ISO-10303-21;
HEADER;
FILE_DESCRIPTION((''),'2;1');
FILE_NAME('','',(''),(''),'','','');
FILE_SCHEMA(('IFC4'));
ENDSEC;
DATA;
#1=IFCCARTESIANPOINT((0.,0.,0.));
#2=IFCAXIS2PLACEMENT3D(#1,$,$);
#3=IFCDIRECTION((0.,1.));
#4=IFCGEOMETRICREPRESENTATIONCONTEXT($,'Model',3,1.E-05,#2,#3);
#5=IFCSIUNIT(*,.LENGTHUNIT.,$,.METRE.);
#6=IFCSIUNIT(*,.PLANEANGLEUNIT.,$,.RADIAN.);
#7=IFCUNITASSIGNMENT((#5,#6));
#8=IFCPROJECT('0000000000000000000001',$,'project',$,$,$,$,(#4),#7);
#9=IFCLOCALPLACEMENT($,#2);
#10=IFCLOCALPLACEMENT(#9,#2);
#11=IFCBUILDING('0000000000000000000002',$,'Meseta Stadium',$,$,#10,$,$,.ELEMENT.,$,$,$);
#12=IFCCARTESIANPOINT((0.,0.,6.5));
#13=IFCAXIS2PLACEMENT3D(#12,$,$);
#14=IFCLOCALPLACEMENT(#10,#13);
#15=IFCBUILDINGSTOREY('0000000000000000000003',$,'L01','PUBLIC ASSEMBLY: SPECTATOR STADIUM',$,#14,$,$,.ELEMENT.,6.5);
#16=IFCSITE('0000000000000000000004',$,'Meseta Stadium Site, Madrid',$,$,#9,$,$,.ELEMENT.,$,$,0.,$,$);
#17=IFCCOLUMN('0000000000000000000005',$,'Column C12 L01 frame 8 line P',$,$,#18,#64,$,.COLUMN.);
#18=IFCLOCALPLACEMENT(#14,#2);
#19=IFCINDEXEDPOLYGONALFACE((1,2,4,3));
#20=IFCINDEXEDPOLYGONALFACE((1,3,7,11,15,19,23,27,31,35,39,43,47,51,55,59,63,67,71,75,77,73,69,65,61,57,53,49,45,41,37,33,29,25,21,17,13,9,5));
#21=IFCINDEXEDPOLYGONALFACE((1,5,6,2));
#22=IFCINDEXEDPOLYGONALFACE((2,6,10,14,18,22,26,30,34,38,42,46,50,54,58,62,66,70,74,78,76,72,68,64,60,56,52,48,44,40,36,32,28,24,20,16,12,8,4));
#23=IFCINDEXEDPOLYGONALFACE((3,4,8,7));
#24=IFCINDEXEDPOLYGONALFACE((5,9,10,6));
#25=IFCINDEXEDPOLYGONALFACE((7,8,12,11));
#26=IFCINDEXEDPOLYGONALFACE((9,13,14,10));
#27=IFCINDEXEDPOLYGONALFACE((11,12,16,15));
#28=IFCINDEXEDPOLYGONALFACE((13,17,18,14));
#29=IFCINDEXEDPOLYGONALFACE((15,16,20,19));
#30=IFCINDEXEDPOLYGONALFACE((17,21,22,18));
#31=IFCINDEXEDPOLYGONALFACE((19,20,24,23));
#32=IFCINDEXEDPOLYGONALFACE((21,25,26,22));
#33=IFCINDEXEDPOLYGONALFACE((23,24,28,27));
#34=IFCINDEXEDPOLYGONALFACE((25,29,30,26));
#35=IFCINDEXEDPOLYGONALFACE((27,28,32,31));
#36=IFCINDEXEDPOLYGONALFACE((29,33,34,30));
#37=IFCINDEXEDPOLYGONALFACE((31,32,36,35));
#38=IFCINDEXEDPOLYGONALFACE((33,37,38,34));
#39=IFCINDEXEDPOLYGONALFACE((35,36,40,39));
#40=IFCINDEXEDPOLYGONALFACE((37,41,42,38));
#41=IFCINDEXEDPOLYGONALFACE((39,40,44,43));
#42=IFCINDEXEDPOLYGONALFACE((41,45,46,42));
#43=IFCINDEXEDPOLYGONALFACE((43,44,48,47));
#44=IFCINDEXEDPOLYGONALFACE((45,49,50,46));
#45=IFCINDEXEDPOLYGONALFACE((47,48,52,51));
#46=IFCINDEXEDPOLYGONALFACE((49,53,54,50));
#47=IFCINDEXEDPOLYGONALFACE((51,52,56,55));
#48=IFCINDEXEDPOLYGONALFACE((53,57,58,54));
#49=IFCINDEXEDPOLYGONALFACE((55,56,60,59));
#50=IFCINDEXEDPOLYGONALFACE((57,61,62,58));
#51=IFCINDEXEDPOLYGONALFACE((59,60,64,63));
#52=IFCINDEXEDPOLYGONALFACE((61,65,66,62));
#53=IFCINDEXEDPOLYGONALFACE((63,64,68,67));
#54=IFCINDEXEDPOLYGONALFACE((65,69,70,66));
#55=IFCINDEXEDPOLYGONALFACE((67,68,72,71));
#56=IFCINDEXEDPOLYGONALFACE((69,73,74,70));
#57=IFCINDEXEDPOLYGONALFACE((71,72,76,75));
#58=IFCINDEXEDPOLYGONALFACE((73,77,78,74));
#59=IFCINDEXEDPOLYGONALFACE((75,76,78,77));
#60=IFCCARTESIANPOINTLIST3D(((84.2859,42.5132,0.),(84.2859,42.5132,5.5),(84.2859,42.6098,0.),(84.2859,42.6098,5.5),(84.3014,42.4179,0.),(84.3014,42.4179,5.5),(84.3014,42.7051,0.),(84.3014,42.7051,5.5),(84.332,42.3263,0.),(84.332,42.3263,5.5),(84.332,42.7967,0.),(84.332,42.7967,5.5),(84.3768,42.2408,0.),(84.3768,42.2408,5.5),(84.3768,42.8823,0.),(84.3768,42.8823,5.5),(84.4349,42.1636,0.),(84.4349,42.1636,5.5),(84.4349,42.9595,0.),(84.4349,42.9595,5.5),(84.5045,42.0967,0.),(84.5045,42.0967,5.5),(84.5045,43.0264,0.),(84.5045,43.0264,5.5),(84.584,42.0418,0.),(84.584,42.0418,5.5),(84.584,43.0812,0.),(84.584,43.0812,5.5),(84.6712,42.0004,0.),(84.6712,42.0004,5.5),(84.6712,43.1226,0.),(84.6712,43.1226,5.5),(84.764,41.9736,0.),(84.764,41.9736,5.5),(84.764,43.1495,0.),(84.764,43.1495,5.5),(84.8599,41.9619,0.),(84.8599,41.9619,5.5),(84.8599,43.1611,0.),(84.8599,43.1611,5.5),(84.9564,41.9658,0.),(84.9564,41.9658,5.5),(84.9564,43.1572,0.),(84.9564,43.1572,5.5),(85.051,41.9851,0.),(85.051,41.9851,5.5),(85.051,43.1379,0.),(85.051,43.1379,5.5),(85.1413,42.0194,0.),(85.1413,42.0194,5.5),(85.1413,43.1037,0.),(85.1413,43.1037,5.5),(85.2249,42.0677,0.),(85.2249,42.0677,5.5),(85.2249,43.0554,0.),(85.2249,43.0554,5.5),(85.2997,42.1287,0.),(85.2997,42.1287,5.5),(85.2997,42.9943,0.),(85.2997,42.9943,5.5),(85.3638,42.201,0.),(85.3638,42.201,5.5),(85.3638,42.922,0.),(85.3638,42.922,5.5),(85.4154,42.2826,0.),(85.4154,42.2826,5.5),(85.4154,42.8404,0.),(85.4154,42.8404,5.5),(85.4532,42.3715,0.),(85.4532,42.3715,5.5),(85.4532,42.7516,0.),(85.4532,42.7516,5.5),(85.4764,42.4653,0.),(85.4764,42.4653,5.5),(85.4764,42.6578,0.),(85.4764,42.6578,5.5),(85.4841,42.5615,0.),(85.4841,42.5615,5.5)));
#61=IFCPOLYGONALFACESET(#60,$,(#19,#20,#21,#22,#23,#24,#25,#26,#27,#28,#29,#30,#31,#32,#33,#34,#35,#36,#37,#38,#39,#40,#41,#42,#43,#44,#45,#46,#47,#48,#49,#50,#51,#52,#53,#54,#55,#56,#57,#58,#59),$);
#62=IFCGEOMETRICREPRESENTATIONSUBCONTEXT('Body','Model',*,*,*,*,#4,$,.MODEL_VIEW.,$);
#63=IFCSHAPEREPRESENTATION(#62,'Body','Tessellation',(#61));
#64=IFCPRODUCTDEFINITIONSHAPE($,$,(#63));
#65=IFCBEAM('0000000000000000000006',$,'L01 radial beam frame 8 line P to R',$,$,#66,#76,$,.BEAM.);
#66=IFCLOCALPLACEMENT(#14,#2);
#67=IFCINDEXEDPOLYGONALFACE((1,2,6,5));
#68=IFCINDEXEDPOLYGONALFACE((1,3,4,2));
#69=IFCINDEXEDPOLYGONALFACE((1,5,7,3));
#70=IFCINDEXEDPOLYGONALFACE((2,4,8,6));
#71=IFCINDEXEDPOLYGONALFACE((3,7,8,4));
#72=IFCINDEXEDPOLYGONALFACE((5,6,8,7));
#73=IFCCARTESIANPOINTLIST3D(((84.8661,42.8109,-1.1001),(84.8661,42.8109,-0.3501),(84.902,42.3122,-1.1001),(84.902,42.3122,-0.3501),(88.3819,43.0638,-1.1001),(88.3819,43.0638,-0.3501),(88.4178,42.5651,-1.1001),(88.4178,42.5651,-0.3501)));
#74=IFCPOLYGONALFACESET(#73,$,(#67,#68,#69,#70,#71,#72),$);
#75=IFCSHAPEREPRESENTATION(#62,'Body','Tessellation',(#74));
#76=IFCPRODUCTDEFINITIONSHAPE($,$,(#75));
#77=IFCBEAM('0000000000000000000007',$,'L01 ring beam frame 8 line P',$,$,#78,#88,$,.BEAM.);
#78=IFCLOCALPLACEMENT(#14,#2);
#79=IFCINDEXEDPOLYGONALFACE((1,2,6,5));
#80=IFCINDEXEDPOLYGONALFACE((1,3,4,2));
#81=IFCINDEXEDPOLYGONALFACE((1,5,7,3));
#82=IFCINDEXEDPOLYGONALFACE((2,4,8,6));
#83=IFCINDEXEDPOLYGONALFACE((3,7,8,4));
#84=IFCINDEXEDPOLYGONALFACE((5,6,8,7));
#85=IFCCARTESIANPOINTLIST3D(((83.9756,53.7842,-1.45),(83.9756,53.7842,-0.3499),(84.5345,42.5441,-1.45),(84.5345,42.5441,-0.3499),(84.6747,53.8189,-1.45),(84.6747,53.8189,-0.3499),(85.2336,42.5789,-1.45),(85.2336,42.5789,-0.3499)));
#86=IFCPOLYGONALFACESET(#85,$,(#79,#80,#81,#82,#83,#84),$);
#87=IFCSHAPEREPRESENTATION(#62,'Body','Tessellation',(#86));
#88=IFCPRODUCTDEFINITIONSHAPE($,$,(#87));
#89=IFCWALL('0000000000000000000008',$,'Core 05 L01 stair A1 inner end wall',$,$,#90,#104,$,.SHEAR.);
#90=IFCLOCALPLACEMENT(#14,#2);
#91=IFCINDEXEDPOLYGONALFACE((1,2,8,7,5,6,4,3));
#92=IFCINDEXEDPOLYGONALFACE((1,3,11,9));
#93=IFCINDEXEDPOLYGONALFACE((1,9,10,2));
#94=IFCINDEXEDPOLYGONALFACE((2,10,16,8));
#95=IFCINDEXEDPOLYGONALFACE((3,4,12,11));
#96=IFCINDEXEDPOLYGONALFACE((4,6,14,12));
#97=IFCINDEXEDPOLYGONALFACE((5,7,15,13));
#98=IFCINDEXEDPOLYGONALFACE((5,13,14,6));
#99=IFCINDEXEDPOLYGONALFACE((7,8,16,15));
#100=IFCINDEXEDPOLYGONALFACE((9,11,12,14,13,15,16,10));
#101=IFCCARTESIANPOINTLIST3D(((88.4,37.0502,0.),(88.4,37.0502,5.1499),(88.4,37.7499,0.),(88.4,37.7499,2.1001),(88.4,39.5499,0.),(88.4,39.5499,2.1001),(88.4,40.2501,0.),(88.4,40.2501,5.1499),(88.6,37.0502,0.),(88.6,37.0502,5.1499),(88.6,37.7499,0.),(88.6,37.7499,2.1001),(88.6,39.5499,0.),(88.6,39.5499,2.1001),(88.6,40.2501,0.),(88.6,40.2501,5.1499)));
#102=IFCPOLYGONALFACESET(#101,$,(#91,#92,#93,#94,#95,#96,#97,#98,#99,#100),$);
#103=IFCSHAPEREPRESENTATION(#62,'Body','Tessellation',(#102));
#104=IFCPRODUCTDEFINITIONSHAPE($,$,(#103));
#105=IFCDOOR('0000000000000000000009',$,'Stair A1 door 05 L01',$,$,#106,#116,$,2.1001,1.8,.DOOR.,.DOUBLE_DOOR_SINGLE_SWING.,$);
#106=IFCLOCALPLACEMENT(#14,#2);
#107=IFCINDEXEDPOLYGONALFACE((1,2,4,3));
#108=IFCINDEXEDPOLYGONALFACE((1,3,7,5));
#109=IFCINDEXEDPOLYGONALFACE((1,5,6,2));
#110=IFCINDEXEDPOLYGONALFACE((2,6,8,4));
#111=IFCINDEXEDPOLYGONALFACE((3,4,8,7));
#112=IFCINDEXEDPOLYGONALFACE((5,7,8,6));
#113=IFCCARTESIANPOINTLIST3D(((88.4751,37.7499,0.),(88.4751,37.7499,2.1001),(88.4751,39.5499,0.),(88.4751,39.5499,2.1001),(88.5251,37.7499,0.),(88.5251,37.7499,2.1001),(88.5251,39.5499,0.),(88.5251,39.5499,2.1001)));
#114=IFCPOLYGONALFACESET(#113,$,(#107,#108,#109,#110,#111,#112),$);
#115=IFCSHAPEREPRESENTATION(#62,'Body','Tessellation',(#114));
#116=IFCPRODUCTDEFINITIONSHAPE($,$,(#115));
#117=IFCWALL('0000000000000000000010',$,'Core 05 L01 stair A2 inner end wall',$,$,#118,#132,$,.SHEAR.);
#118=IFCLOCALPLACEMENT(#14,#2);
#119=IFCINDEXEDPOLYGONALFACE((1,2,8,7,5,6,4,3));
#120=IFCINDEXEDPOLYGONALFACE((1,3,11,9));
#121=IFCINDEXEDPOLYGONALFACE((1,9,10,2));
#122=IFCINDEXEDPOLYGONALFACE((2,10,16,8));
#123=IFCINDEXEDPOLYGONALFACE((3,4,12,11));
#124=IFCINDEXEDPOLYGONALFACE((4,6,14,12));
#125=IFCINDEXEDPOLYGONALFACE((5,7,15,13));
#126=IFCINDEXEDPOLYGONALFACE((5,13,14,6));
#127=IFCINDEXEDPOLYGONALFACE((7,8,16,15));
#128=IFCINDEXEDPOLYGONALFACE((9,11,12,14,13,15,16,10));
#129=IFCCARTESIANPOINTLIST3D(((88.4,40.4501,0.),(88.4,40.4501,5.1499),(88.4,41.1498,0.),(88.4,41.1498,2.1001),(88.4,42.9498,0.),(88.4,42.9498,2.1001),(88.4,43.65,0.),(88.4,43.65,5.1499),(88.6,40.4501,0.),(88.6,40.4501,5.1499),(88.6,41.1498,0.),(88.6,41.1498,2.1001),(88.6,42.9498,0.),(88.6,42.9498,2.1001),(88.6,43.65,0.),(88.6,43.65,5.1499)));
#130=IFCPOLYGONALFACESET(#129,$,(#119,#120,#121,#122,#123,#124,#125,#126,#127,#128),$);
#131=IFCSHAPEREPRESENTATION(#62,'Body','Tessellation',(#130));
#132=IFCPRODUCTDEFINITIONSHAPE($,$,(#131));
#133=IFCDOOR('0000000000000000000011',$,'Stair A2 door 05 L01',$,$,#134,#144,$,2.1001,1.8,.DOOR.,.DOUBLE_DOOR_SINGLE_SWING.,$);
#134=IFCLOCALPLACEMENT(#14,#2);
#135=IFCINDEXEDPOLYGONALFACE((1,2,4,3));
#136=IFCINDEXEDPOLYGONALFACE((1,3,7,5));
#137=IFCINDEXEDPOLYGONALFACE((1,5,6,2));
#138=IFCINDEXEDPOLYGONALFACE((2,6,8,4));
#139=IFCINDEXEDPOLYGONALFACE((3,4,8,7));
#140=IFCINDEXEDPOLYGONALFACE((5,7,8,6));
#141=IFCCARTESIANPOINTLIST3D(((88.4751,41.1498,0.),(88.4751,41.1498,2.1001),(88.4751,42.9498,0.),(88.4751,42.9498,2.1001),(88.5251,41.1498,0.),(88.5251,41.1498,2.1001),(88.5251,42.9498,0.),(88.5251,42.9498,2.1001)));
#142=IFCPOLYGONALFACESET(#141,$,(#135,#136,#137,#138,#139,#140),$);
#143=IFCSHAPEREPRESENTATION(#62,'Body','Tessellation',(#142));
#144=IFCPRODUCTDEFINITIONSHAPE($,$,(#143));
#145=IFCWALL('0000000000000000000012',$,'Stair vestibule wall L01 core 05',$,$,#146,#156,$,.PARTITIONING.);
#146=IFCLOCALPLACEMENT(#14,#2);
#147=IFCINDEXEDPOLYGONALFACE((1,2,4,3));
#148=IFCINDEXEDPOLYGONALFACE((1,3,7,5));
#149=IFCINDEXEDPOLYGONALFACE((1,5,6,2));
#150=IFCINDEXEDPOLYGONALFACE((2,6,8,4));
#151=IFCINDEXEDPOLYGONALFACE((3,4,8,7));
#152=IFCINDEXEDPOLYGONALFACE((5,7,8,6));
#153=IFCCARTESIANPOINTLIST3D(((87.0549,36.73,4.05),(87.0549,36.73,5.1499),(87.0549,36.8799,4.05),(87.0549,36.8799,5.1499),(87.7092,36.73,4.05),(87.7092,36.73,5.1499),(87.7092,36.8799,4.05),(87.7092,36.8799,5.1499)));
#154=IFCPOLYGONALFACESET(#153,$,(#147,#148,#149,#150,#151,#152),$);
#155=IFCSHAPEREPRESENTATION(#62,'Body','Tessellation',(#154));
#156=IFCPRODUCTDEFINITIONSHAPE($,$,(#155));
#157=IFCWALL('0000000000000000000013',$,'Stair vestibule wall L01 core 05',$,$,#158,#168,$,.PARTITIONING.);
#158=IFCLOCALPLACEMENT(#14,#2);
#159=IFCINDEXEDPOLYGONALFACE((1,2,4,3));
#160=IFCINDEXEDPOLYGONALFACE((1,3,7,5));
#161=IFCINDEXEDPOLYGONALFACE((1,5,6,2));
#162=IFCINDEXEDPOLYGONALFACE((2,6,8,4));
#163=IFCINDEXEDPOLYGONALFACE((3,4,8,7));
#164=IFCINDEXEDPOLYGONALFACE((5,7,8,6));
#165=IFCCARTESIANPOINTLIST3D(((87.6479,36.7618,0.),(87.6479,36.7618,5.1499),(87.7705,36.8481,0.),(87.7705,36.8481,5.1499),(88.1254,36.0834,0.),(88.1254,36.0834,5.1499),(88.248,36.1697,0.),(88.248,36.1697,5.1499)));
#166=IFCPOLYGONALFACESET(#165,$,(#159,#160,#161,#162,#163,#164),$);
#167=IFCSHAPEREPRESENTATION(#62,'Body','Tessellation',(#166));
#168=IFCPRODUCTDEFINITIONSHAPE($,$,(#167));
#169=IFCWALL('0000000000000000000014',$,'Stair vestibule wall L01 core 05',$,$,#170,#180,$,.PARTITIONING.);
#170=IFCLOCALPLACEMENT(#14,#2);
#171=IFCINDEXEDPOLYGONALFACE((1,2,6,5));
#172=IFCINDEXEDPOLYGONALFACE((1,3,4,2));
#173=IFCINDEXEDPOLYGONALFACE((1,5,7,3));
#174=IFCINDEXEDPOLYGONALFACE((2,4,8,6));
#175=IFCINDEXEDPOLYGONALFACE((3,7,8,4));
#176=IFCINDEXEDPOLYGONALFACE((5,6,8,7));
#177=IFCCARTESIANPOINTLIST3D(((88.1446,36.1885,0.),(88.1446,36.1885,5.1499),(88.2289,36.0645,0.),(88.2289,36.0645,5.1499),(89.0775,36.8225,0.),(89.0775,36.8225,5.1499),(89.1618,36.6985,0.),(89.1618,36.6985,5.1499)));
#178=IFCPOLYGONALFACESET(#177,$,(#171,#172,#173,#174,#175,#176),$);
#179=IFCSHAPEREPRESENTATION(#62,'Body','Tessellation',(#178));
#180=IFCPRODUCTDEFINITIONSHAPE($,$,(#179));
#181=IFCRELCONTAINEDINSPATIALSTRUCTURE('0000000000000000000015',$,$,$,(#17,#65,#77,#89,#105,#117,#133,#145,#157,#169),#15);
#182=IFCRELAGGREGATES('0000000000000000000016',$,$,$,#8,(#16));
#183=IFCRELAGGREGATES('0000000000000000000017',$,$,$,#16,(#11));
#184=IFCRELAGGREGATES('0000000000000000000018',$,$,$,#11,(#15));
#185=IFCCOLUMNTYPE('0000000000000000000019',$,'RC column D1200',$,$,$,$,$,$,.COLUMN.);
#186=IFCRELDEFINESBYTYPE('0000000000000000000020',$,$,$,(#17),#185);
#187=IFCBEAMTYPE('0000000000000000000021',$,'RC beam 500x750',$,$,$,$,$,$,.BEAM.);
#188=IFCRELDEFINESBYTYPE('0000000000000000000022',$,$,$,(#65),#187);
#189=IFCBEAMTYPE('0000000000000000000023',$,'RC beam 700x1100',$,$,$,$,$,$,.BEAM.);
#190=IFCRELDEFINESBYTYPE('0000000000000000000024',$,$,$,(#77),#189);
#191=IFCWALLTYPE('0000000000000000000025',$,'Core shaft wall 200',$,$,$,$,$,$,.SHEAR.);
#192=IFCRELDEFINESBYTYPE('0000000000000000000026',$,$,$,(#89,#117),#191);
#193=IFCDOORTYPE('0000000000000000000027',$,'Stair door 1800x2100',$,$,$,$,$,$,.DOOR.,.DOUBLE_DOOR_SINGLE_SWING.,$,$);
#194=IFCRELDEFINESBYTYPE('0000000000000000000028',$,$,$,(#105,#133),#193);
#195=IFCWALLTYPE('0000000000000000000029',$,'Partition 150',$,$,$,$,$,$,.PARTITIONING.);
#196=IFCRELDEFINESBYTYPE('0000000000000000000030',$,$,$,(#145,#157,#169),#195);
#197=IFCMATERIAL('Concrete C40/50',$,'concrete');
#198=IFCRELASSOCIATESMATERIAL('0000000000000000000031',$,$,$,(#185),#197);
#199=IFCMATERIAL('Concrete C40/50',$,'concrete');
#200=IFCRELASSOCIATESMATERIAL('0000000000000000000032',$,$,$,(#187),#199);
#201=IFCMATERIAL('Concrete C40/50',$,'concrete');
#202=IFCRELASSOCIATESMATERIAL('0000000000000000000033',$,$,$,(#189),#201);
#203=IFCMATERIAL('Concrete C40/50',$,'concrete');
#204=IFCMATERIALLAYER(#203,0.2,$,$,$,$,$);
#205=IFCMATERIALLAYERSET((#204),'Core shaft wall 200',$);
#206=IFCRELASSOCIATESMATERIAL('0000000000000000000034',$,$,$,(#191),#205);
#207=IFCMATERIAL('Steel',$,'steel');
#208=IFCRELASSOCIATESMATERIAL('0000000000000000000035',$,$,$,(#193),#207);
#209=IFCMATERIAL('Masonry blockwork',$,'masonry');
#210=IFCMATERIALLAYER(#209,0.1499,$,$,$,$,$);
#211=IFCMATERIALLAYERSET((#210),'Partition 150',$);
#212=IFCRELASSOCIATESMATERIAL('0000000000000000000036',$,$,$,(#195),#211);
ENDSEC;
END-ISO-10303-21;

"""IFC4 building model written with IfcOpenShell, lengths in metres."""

from ifc_helpers import new_model, si_unit, direction, frame, frame_2d, origin, origin_2d, place, context, subcontext, project, spatial, rectangle, circle, extrude, material, layer, layer_set, material_profile, profile_set, type_object, element, fill, save


model = new_model("IFC4")

# Units and contexts
model_context = context("Model", 3, precision=1e-05, world=origin(), true_north=direction((0.0, 1.0)))
body_context = subcontext(model_context, "Body", "Model", "MODEL_VIEW")
ifc_project = project(units=[si_unit("LENGTHUNIT", "METRE"), si_unit("PLANEANGLEUNIT", "RADIAN")], contexts=[model_context])

# Site, building, storey
site_placement = place(None, origin())
site = spatial("IfcSite", under=ifc_project, at=site_placement, Name="Meseta Stadium Site, Madrid", CompositionType="ELEMENT", RefElevation=0.0)
building_placement = place(site_placement, origin())
building = spatial("IfcBuilding", under=site, at=building_placement, Name="Meseta Stadium", CompositionType="ELEMENT")
storey_placement = place(building_placement, frame((0.0, 0.0, 6.5)))
storey = spatial("IfcBuildingStorey", under=building, at=storey_placement, Name="L01", Description="PUBLIC ASSEMBLY: SPECTATOR STADIUM", CompositionType="ELEMENT", Elevation=6.5)

# Column
ifc_material_1 = material(Name="Concrete C40/50", Category="concrete")
ifc_material_profile_1 = material_profile(ifc_material_1, circle(Radius=0.6001, at=origin_2d()), Name="RC D1200")
ifc_profile_set_1 = profile_set([ifc_material_profile_1], Name="Concrete C40/50")
column_type = type_object("IfcColumnType", Name="RC column D1200", PredefinedType="COLUMN", material=ifc_profile_set_1)
column_placement = place(storey_placement, frame((84.884, 42.5615, 0.0), z_axis=(0.0, 0.0, 1.0), x_axis=(1.0, 0.0, 0.0)))
element("IfcColumn", 1, at=column_placement, inside=storey, type_object=column_type, Name="Column C12 L01 frame 8 line P", PredefinedType="COLUMN", context=body_context, shape_type="SweptSolid", body=[
    extrude(circle(Radius=0.6001, at=origin_2d()), origin(), (0.0, 0.0, 1.0), 5.5),
])

# Beams
ifc_material_2 = material(Name="Concrete C40/50", Category="concrete")
ifc_material_profile_2 = material_profile(ifc_material_2, rectangle(XDim=0.5, YDim=0.75, at=origin_2d()), Name="RC 500x750")
ifc_profile_set_2 = profile_set([ifc_material_profile_2], Name="Concrete C40/50")
beam_type_1 = type_object("IfcBeamType", Name="RC beam 500x750", PredefinedType="BEAM", material=ifc_profile_set_2)
beam_1_placement = place(storey_placement, frame((84.884, 42.5615, -0.7251), z_axis=(0.997422, 0.071754, 0.0), x_axis=(-0.071754, 0.997422, 0.0)))
element("IfcBeam", 2, at=beam_1_placement, inside=storey, type_object=beam_type_1, Name="L01 radial beam frame 8 line P to R", PredefinedType="BEAM", context=body_context, shape_type="SweptSolid", body=[
    extrude(rectangle(XDim=0.5, YDim=0.75, at=origin_2d()), origin(), (0.0, 0.0, 1.0), 3.5249),
])
ifc_material_3 = material(Name="Concrete C40/50", Category="concrete")
ifc_material_profile_3 = material_profile(ifc_material_3, rectangle(XDim=0.7, YDim=1.1001, at=origin_2d()), Name="RC 700x1100")
ifc_profile_set_3 = profile_set([ifc_material_profile_3], Name="Concrete C40/50")
beam_type_2 = type_object("IfcBeamType", Name="RC beam 700x1100", PredefinedType="BEAM", material=ifc_profile_set_3)
beam_2_placement = place(storey_placement, frame((84.884, 42.5615, -0.8999), z_axis=(-0.049657, 0.998766, 0.0), x_axis=(-0.998766, -0.049657, 0.0)))
element("IfcBeam", 3, at=beam_2_placement, inside=storey, type_object=beam_type_2, Name="L01 ring beam frame 8 line P", PredefinedType="BEAM", context=body_context, shape_type="SweptSolid", body=[
    extrude(rectangle(XDim=0.7, YDim=1.1001, at=origin_2d()), origin(), (0.0, 0.0, 1.0), 11.2539),
])

# Walls, openings, doors
ifc_material_4 = material(Name="Concrete C40/50", Category="concrete")
ifc_layer_1 = layer(ifc_material_4, 0.2)
ifc_layer_set_1 = layer_set([ifc_layer_1], Name="Core shaft wall 200")
wall_type_1 = type_object("IfcWallType", Name="Core shaft wall 200", PredefinedType="SHEAR", material=ifc_layer_set_1)
wall_1_placement = place(storey_placement, frame((88.5, 37.05, 0.0), z_axis=(0.0, 0.0, 1.0), x_axis=(0.0, 1.0, 0.0)))
wall_1 = element("IfcWall", 4, at=wall_1_placement, inside=storey, type_object=wall_type_1, Name="Core 05 L01 stair A1 inner end wall", PredefinedType="SHEAR", context=body_context, shape_type="SweptSolid", body=[
    extrude(rectangle(XDim=3.2, YDim=0.2, at=frame_2d((1.6001, 0.0))), origin(), (0.0, 0.0, 1.0), 5.1499),
])
opening_1_placement = place(wall_1_placement, frame((0.7, 0.0, 0.0)))
opening_1 = element("IfcOpeningElement", 5, at=opening_1_placement, cuts=wall_1, PredefinedType="OPENING", context=body_context, shape_type="SweptSolid", body=[
    extrude(rectangle(XDim=1.8, YDim=2.1001, at=frame_2d((0.8999, 1.05))), frame((0.0, 0.1099, 0.0), z_axis=(0.0, -1.0, 0.0), x_axis=(1.0, 0.0, 0.0)), (0.0, 0.0, 1.0), 0.22),
])
ifc_material_5 = material(Name="Steel", Category="steel")
door_type = type_object("IfcDoorType", Name="Stair door 1800x2100", OperationType="DOUBLE_DOOR_SINGLE_SWING", PredefinedType="DOOR", material=ifc_material_5)
door_1_placement = place(opening_1_placement, origin())
door_1 = element("IfcDoor", 6, at=door_1_placement, inside=storey, type_object=door_type, Name="Stair A1 door 05 L01", OperationType="DOUBLE_DOOR_SINGLE_SWING", OverallHeight=2.1001, OverallWidth=1.8, PredefinedType="DOOR", context=body_context, shape_type="SweptSolid", body=[
    extrude(rectangle(XDim=1.8, YDim=2.1001, at=frame_2d((0.8999, 1.05))), frame((0.0, 0.0249, 0.0), z_axis=(0.0, -1.0, 0.0), x_axis=(1.0, 0.0, 0.0)), (0.0, 0.0, 1.0), 0.05),
])
fill(opening_1, door_1)
wall_2_placement = place(storey_placement, frame((88.5, 40.45, 0.0), z_axis=(0.0, 0.0, 1.0), x_axis=(0.0, 1.0, 0.0)))
wall_2 = element("IfcWall", 7, at=wall_2_placement, inside=storey, type_object=wall_type_1, Name="Core 05 L01 stair A2 inner end wall", PredefinedType="SHEAR", context=body_context, shape_type="SweptSolid", body=[
    extrude(rectangle(XDim=3.2, YDim=0.2, at=frame_2d((1.6001, 0.0))), origin(), (0.0, 0.0, 1.0), 5.1499),
])
opening_2_placement = place(wall_2_placement, frame((0.7, 0.0, 0.0)))
opening_2 = element("IfcOpeningElement", 8, at=opening_2_placement, cuts=wall_2, PredefinedType="OPENING", context=body_context, shape_type="SweptSolid", body=[
    extrude(rectangle(XDim=1.8, YDim=2.1001, at=frame_2d((0.8999, 1.05))), frame((0.0, 0.1099, 0.0), z_axis=(0.0, -1.0, 0.0), x_axis=(1.0, 0.0, 0.0)), (0.0, 0.0, 1.0), 0.22),
])
door_2_placement = place(opening_2_placement, origin())
door_2 = element("IfcDoor", 9, at=door_2_placement, inside=storey, type_object=door_type, Name="Stair A2 door 05 L01", OperationType="DOUBLE_DOOR_SINGLE_SWING", OverallHeight=2.1001, OverallWidth=1.8, PredefinedType="DOOR", context=body_context, shape_type="SweptSolid", body=[
    extrude(rectangle(XDim=1.8, YDim=2.1001, at=frame_2d((0.8999, 1.05))), frame((0.0, 0.0249, 0.0), z_axis=(0.0, -1.0, 0.0), x_axis=(1.0, 0.0, 0.0)), (0.0, 0.0, 1.0), 0.05),
])
fill(opening_2, door_2)

# Walls
ifc_material_6 = material(Name="Masonry blockwork", Category="masonry")
ifc_layer_2 = layer(ifc_material_6, 0.1499)
ifc_layer_set_2 = layer_set([ifc_layer_2], Name="Partition 150")
wall_type_2 = type_object("IfcWallType", Name="Partition 150", PredefinedType="PARTITIONING", material=ifc_layer_set_2)
wall_3_placement = place(storey_placement, frame((87.0549, 36.8049, 4.05), z_axis=(0.0, 0.0, 1.0), x_axis=(1.0, 0.0, 0.0)))
element("IfcWall", 10, at=wall_3_placement, inside=storey, type_object=wall_type_2, Name="Stair vestibule wall L01 core 05", PredefinedType="PARTITIONING", context=body_context, shape_type="SweptSolid", body=[
    extrude(rectangle(XDim=0.6543, YDim=0.1499, at=frame_2d((0.3271, 0.0))), origin(), (0.0, 0.0, 1.0), 1.0999),
])
wall_4_placement = place(storey_placement, frame((87.7092, 36.8049, 0.0), z_axis=(0.0, 0.0, 1.0), x_axis=(0.575574, -0.81775, 0.0)))
element("IfcWall", 11, at=wall_4_placement, inside=storey, type_object=wall_type_2, Name="Stair vestibule wall L01 core 05", PredefinedType="PARTITIONING", context=body_context, shape_type="SweptSolid", body=[
    extrude(rectangle(XDim=0.8296, YDim=0.1499, at=frame_2d((0.4148, 0.0))), origin(), (0.0, 0.0, 1.0), 5.1499),
])
wall_5_placement = place(storey_placement, frame((88.1868, 36.1265, 0.0), z_axis=(0.0, 0.0, 1.0), x_axis=(0.827055, 0.562121, 0.0)))
element("IfcWall", 12, at=wall_5_placement, inside=storey, type_object=wall_type_2, Name="Stair vestibule wall L01 core 05", PredefinedType="PARTITIONING", context=body_context, shape_type="SweptSolid", body=[
    extrude(rectangle(XDim=1.1279, YDim=0.1499, at=frame_2d((0.564, 0.0))), origin(), (0.0, 0.0, 1.0), 5.1499),
])

save(model, "model.ifc")
